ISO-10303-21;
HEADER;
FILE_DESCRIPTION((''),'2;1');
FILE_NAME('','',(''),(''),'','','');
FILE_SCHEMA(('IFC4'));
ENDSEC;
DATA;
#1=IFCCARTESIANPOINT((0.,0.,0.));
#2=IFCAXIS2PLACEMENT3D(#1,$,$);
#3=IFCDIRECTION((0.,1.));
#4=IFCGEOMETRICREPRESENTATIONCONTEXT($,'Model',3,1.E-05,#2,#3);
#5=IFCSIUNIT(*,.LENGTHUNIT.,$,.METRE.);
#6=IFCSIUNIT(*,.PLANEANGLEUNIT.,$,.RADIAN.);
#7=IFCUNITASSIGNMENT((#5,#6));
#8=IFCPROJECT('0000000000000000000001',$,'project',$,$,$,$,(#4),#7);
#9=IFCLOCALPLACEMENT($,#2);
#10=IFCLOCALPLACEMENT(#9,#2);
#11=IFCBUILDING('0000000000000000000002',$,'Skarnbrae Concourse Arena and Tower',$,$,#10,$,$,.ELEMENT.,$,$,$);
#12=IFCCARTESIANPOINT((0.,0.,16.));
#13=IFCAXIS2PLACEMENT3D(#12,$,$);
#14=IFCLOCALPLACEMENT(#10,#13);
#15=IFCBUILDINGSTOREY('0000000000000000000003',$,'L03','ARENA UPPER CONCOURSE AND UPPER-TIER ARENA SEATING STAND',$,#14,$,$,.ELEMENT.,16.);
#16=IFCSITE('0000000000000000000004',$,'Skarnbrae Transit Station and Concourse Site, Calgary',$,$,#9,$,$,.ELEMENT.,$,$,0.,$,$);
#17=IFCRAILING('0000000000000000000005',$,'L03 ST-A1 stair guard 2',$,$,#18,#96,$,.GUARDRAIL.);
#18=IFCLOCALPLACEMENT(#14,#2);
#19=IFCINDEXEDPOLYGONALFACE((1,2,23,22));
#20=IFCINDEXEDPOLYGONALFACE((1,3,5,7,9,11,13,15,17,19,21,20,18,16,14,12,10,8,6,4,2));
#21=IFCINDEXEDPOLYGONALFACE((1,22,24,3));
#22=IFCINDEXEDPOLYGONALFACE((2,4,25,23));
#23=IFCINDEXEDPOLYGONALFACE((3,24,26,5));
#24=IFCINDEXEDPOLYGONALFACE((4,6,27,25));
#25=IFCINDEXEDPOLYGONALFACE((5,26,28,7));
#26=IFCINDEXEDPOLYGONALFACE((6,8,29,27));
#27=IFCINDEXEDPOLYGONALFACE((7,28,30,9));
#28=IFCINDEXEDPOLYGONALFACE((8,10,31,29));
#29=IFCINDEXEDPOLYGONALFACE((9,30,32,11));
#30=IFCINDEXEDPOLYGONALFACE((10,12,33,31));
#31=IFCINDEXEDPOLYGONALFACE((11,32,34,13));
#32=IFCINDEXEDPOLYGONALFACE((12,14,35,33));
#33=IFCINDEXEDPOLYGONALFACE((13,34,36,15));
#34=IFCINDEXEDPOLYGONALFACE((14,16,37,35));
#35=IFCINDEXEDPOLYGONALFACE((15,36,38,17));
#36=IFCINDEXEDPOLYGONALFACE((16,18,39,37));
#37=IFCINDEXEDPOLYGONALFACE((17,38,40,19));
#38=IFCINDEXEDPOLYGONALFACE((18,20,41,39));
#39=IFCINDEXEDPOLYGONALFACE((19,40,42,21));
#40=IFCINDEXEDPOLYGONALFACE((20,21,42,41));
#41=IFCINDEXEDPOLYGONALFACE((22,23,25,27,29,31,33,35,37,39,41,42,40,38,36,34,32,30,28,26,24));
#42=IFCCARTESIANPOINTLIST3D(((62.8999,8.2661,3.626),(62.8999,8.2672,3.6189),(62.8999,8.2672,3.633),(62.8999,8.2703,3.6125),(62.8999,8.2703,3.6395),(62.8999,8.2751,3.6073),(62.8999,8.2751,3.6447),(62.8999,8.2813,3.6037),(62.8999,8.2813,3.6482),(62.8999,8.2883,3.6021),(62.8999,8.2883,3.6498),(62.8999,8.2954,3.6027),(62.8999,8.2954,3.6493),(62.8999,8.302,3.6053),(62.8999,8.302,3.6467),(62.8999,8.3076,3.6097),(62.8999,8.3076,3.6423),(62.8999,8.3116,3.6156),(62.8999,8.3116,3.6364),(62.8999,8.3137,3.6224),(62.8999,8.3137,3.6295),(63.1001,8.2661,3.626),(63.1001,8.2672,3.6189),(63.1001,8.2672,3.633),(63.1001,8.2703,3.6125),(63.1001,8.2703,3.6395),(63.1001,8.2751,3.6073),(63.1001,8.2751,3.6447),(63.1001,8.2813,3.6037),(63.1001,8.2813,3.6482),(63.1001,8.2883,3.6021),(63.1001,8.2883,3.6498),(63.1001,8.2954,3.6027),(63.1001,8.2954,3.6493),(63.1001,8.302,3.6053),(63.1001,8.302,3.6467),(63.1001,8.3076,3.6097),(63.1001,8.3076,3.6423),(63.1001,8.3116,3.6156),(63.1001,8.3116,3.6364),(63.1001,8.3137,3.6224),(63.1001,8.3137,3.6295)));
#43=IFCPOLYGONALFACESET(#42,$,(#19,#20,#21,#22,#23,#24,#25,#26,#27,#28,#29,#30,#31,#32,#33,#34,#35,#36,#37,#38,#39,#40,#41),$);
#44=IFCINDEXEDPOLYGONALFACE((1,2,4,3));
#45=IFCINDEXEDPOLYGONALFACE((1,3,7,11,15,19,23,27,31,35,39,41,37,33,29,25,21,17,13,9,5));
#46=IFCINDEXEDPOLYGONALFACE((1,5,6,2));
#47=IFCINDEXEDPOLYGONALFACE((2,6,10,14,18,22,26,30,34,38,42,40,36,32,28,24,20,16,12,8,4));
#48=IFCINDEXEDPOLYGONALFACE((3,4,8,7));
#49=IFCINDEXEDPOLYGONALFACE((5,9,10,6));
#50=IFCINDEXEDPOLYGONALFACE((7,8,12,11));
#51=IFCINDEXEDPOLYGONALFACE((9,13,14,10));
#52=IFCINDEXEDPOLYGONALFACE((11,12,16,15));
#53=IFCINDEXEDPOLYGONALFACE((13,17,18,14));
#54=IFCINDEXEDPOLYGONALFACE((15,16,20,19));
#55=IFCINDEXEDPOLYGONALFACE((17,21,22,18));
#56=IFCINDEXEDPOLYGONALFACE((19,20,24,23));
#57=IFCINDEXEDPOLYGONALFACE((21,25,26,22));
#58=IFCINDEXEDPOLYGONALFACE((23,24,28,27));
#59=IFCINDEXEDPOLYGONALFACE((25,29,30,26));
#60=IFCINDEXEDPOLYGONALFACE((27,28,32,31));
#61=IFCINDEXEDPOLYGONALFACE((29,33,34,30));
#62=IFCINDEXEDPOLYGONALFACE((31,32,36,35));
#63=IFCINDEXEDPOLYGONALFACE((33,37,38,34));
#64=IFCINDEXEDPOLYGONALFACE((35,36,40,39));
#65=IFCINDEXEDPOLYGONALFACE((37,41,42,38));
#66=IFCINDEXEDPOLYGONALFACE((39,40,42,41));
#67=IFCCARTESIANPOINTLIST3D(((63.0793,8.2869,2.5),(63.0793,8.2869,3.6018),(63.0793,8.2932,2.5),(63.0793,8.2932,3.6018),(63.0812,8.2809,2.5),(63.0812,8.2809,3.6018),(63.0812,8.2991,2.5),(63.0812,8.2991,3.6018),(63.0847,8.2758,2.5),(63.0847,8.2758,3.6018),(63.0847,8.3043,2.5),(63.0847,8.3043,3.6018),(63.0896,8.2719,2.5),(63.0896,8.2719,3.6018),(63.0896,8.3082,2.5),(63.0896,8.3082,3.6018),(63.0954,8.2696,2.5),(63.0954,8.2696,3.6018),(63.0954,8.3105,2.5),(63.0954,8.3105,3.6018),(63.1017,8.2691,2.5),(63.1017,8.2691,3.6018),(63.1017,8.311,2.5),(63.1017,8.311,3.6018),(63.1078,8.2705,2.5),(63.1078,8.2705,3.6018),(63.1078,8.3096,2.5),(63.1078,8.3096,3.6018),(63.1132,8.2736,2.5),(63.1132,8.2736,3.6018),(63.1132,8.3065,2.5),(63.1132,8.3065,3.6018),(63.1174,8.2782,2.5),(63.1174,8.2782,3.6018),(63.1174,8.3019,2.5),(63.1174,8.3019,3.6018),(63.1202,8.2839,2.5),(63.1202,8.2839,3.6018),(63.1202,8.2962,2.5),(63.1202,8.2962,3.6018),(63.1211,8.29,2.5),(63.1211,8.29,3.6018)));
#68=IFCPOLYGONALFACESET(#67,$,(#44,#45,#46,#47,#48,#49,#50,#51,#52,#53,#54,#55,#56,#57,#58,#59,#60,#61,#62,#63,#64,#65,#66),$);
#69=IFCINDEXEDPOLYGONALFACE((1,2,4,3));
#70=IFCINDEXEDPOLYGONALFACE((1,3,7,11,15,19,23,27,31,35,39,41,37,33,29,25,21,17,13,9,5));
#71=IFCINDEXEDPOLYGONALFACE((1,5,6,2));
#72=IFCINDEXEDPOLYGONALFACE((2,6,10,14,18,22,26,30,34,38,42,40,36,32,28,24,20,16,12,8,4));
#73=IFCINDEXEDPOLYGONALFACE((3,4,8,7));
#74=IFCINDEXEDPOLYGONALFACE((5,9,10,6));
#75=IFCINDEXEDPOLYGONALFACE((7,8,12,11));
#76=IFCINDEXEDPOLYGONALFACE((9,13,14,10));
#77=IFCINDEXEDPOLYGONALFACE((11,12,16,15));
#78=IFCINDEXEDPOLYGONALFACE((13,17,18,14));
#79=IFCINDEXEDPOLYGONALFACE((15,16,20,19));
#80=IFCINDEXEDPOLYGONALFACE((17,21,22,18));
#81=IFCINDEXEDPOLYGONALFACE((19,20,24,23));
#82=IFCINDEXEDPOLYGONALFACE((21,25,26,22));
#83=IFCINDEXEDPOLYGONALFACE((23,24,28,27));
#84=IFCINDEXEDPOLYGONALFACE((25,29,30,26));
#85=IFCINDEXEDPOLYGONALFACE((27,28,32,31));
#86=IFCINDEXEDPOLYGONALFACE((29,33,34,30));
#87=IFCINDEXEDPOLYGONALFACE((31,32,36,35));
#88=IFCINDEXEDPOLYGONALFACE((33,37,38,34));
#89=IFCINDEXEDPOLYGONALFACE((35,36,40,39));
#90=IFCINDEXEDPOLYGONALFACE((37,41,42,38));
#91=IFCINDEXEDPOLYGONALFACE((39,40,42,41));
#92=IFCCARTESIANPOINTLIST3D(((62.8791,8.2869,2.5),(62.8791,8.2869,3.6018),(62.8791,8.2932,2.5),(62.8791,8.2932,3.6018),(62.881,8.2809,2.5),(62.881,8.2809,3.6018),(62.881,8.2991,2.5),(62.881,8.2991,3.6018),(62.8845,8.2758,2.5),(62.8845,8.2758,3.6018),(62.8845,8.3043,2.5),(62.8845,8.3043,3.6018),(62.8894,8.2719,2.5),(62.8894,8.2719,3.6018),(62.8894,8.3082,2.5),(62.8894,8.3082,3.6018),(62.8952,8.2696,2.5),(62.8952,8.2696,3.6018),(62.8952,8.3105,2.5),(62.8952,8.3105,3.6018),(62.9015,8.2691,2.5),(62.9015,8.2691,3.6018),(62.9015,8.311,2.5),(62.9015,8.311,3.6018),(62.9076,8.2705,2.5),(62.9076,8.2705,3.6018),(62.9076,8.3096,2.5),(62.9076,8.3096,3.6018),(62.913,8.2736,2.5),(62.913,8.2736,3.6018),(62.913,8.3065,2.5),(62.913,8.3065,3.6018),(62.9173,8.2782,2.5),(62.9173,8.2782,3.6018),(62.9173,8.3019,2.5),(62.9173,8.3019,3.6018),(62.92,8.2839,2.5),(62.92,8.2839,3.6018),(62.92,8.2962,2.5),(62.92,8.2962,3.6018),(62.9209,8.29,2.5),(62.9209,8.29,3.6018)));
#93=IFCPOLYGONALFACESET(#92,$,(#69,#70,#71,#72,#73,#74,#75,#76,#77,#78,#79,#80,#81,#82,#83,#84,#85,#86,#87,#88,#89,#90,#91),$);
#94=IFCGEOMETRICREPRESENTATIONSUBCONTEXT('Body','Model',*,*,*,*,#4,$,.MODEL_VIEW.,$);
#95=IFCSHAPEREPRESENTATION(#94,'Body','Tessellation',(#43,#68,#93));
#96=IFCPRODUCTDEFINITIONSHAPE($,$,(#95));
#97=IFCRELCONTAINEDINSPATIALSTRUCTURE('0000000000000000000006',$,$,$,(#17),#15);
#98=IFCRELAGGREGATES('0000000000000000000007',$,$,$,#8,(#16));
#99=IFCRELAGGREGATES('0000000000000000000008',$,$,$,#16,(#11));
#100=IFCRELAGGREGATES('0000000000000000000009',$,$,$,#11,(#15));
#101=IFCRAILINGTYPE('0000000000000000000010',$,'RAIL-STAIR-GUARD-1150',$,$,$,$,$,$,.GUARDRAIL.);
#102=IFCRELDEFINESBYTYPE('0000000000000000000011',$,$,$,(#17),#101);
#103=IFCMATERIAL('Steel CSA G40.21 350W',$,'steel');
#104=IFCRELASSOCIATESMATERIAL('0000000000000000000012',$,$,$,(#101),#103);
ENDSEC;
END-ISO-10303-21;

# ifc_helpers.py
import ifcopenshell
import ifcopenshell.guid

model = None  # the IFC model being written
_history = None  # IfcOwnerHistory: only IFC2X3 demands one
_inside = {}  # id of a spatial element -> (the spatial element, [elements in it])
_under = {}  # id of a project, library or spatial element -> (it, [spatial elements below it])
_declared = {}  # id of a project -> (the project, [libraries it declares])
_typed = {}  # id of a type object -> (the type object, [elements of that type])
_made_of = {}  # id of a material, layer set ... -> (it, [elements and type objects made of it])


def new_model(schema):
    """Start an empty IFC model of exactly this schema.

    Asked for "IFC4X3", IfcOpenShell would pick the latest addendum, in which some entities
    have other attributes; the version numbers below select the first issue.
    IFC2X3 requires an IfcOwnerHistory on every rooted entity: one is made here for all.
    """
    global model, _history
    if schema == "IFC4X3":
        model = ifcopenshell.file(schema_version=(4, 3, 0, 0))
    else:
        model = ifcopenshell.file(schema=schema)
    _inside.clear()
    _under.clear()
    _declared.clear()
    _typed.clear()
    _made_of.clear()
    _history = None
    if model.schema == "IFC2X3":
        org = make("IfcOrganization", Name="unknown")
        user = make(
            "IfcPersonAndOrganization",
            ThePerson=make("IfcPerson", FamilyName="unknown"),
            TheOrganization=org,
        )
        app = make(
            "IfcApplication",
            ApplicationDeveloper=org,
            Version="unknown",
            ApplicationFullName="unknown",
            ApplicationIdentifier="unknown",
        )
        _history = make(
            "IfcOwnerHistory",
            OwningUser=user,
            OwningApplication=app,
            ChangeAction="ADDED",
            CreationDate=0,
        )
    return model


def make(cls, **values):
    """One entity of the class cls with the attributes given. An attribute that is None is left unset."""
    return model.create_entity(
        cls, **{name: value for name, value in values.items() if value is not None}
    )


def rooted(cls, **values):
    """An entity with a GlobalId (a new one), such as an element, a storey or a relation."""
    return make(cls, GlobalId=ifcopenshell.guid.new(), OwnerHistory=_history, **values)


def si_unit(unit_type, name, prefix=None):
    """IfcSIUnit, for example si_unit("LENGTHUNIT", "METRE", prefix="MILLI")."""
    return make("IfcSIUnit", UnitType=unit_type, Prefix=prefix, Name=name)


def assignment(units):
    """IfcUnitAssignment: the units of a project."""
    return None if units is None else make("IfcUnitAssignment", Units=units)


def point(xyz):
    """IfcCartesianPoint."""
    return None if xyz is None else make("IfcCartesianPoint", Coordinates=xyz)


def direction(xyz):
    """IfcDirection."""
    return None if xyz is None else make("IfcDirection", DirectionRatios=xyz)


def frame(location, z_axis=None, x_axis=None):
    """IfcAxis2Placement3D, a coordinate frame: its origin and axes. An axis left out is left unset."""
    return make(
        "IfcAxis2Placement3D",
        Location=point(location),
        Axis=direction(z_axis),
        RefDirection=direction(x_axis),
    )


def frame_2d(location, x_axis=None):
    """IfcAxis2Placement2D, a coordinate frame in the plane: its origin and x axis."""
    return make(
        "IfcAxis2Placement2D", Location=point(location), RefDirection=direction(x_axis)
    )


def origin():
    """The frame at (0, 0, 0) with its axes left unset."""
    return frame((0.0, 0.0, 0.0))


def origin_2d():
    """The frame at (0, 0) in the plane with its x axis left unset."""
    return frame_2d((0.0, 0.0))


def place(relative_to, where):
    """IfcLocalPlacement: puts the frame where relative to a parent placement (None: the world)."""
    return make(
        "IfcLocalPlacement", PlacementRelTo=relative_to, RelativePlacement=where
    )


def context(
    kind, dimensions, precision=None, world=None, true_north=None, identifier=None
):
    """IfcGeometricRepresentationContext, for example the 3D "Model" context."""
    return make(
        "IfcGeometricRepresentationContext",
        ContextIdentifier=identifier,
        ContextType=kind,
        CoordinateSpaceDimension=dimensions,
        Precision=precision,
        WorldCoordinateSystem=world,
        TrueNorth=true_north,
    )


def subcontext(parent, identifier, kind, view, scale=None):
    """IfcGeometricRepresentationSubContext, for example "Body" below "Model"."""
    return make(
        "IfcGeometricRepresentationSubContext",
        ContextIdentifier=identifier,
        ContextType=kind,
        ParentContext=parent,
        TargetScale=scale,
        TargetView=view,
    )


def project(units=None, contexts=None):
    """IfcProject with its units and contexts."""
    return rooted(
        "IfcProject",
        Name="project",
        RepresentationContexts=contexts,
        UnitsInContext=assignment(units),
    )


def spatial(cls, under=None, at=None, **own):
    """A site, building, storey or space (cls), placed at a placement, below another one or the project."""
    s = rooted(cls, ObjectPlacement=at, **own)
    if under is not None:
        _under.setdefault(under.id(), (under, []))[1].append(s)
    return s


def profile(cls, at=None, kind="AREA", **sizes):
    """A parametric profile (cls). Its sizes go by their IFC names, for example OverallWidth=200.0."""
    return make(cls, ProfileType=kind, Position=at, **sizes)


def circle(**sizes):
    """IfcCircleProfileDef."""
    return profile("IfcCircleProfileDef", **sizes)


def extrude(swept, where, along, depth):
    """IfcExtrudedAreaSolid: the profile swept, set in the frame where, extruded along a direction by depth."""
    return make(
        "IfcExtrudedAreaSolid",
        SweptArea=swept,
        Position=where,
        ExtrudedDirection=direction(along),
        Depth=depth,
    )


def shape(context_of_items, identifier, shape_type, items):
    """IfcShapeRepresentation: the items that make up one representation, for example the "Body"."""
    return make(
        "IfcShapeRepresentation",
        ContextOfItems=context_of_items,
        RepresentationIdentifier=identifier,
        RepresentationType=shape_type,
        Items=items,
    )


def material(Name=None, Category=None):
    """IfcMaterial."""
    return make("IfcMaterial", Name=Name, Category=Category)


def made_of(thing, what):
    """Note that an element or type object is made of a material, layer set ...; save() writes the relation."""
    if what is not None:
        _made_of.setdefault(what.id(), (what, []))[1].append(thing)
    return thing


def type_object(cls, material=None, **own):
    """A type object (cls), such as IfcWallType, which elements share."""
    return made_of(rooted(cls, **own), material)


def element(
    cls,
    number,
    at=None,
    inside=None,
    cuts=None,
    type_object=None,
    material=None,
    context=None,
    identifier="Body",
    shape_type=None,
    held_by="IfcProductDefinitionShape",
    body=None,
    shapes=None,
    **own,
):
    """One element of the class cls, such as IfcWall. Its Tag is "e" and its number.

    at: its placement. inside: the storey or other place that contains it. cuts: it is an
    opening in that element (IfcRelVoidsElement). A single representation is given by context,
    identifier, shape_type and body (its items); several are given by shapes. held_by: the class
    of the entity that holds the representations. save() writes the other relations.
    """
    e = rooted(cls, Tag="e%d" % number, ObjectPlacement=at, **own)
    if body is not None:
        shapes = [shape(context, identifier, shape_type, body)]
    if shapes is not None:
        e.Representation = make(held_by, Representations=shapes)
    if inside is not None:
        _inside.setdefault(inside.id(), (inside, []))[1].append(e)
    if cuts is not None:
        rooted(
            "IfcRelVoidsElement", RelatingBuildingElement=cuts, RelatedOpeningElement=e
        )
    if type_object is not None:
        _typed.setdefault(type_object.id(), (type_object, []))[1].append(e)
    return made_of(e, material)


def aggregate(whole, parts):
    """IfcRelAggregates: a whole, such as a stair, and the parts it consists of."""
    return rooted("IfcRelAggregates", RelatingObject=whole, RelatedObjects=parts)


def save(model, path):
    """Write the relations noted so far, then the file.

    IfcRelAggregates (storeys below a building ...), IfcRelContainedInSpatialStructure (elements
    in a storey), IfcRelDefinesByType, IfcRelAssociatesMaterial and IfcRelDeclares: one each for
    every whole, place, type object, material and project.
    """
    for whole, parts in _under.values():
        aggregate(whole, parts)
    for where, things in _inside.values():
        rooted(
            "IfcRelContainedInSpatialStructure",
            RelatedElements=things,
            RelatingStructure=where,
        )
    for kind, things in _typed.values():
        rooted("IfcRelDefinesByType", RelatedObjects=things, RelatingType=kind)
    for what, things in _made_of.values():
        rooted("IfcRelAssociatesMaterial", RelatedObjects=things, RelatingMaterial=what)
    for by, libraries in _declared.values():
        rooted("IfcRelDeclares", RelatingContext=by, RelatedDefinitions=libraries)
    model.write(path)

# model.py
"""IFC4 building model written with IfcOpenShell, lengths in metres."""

from ifc_helpers import new_model, si_unit, direction, frame, origin, origin_2d, place, context, subcontext, project, spatial, circle, extrude, material, type_object, element, save


model = new_model("IFC4")

# Units and contexts
model_context = context("Model", 3, precision=1e-05, world=origin(), true_north=direction((0.0, 1.0)))
body_context = subcontext(model_context, "Body", "Model", "MODEL_VIEW")
ifc_project = project(units=[si_unit("LENGTHUNIT", "METRE"), si_unit("PLANEANGLEUNIT", "RADIAN")], contexts=[model_context])

# Site, building, storey
site_placement = place(None, origin())
site = spatial("IfcSite", under=ifc_project, at=site_placement, Name="Skarnbrae Transit Station and Concourse Site, Calgary", CompositionType="ELEMENT", RefElevation=0.0)
building_placement = place(site_placement, origin())
building = spatial("IfcBuilding", under=site, at=building_placement, Name="Skarnbrae Concourse Arena and Tower", CompositionType="ELEMENT")
storey_placement = place(building_placement, frame((0.0, 0.0, 16.0)))
storey = spatial("IfcBuildingStorey", under=building, at=storey_placement, Name="L03", Description="ARENA UPPER CONCOURSE AND UPPER-TIER ARENA SEATING STAND", CompositionType="ELEMENT", Elevation=16.0)

# Shared definitions
ifc_material_1 = material(Name="Steel CSA G40.21 350W", Category="steel")

# Railing
railing_type_1 = type_object("IfcRailingType", Name="RAIL-STAIR-GUARD-1150", PredefinedType="GUARDRAIL", material=ifc_material_1)
railing_1_placement = place(storey_placement, frame((63.1001, 8.29, 2.5)))
element("IfcRailing", 1, at=railing_1_placement, inside=storey, type_object=railing_type_1, Name="L03 ST-A1 stair guard 2", PredefinedType="GUARDRAIL", context=body_context, shape_type="SweptSolid", body=[
    extrude(circle(Radius=0.0239, at=origin_2d()), frame((0.0, 0.0, 1.126), z_axis=(-1.0, 0.0, 0.0), x_axis=(0.0, -1.0, 0.0)), (0.0, 0.0, 1.0), 0.2002),
    extrude(circle(Radius=0.021, at=origin_2d()), origin(), (0.0, 0.0, 1.0), 1.1018),
    extrude(circle(Radius=0.021, at=origin_2d()), frame((-0.2002, 0.0, 0.0)), (0.0, 0.0, 1.0), 1.1018),
])

save(model, "model.ifc")
